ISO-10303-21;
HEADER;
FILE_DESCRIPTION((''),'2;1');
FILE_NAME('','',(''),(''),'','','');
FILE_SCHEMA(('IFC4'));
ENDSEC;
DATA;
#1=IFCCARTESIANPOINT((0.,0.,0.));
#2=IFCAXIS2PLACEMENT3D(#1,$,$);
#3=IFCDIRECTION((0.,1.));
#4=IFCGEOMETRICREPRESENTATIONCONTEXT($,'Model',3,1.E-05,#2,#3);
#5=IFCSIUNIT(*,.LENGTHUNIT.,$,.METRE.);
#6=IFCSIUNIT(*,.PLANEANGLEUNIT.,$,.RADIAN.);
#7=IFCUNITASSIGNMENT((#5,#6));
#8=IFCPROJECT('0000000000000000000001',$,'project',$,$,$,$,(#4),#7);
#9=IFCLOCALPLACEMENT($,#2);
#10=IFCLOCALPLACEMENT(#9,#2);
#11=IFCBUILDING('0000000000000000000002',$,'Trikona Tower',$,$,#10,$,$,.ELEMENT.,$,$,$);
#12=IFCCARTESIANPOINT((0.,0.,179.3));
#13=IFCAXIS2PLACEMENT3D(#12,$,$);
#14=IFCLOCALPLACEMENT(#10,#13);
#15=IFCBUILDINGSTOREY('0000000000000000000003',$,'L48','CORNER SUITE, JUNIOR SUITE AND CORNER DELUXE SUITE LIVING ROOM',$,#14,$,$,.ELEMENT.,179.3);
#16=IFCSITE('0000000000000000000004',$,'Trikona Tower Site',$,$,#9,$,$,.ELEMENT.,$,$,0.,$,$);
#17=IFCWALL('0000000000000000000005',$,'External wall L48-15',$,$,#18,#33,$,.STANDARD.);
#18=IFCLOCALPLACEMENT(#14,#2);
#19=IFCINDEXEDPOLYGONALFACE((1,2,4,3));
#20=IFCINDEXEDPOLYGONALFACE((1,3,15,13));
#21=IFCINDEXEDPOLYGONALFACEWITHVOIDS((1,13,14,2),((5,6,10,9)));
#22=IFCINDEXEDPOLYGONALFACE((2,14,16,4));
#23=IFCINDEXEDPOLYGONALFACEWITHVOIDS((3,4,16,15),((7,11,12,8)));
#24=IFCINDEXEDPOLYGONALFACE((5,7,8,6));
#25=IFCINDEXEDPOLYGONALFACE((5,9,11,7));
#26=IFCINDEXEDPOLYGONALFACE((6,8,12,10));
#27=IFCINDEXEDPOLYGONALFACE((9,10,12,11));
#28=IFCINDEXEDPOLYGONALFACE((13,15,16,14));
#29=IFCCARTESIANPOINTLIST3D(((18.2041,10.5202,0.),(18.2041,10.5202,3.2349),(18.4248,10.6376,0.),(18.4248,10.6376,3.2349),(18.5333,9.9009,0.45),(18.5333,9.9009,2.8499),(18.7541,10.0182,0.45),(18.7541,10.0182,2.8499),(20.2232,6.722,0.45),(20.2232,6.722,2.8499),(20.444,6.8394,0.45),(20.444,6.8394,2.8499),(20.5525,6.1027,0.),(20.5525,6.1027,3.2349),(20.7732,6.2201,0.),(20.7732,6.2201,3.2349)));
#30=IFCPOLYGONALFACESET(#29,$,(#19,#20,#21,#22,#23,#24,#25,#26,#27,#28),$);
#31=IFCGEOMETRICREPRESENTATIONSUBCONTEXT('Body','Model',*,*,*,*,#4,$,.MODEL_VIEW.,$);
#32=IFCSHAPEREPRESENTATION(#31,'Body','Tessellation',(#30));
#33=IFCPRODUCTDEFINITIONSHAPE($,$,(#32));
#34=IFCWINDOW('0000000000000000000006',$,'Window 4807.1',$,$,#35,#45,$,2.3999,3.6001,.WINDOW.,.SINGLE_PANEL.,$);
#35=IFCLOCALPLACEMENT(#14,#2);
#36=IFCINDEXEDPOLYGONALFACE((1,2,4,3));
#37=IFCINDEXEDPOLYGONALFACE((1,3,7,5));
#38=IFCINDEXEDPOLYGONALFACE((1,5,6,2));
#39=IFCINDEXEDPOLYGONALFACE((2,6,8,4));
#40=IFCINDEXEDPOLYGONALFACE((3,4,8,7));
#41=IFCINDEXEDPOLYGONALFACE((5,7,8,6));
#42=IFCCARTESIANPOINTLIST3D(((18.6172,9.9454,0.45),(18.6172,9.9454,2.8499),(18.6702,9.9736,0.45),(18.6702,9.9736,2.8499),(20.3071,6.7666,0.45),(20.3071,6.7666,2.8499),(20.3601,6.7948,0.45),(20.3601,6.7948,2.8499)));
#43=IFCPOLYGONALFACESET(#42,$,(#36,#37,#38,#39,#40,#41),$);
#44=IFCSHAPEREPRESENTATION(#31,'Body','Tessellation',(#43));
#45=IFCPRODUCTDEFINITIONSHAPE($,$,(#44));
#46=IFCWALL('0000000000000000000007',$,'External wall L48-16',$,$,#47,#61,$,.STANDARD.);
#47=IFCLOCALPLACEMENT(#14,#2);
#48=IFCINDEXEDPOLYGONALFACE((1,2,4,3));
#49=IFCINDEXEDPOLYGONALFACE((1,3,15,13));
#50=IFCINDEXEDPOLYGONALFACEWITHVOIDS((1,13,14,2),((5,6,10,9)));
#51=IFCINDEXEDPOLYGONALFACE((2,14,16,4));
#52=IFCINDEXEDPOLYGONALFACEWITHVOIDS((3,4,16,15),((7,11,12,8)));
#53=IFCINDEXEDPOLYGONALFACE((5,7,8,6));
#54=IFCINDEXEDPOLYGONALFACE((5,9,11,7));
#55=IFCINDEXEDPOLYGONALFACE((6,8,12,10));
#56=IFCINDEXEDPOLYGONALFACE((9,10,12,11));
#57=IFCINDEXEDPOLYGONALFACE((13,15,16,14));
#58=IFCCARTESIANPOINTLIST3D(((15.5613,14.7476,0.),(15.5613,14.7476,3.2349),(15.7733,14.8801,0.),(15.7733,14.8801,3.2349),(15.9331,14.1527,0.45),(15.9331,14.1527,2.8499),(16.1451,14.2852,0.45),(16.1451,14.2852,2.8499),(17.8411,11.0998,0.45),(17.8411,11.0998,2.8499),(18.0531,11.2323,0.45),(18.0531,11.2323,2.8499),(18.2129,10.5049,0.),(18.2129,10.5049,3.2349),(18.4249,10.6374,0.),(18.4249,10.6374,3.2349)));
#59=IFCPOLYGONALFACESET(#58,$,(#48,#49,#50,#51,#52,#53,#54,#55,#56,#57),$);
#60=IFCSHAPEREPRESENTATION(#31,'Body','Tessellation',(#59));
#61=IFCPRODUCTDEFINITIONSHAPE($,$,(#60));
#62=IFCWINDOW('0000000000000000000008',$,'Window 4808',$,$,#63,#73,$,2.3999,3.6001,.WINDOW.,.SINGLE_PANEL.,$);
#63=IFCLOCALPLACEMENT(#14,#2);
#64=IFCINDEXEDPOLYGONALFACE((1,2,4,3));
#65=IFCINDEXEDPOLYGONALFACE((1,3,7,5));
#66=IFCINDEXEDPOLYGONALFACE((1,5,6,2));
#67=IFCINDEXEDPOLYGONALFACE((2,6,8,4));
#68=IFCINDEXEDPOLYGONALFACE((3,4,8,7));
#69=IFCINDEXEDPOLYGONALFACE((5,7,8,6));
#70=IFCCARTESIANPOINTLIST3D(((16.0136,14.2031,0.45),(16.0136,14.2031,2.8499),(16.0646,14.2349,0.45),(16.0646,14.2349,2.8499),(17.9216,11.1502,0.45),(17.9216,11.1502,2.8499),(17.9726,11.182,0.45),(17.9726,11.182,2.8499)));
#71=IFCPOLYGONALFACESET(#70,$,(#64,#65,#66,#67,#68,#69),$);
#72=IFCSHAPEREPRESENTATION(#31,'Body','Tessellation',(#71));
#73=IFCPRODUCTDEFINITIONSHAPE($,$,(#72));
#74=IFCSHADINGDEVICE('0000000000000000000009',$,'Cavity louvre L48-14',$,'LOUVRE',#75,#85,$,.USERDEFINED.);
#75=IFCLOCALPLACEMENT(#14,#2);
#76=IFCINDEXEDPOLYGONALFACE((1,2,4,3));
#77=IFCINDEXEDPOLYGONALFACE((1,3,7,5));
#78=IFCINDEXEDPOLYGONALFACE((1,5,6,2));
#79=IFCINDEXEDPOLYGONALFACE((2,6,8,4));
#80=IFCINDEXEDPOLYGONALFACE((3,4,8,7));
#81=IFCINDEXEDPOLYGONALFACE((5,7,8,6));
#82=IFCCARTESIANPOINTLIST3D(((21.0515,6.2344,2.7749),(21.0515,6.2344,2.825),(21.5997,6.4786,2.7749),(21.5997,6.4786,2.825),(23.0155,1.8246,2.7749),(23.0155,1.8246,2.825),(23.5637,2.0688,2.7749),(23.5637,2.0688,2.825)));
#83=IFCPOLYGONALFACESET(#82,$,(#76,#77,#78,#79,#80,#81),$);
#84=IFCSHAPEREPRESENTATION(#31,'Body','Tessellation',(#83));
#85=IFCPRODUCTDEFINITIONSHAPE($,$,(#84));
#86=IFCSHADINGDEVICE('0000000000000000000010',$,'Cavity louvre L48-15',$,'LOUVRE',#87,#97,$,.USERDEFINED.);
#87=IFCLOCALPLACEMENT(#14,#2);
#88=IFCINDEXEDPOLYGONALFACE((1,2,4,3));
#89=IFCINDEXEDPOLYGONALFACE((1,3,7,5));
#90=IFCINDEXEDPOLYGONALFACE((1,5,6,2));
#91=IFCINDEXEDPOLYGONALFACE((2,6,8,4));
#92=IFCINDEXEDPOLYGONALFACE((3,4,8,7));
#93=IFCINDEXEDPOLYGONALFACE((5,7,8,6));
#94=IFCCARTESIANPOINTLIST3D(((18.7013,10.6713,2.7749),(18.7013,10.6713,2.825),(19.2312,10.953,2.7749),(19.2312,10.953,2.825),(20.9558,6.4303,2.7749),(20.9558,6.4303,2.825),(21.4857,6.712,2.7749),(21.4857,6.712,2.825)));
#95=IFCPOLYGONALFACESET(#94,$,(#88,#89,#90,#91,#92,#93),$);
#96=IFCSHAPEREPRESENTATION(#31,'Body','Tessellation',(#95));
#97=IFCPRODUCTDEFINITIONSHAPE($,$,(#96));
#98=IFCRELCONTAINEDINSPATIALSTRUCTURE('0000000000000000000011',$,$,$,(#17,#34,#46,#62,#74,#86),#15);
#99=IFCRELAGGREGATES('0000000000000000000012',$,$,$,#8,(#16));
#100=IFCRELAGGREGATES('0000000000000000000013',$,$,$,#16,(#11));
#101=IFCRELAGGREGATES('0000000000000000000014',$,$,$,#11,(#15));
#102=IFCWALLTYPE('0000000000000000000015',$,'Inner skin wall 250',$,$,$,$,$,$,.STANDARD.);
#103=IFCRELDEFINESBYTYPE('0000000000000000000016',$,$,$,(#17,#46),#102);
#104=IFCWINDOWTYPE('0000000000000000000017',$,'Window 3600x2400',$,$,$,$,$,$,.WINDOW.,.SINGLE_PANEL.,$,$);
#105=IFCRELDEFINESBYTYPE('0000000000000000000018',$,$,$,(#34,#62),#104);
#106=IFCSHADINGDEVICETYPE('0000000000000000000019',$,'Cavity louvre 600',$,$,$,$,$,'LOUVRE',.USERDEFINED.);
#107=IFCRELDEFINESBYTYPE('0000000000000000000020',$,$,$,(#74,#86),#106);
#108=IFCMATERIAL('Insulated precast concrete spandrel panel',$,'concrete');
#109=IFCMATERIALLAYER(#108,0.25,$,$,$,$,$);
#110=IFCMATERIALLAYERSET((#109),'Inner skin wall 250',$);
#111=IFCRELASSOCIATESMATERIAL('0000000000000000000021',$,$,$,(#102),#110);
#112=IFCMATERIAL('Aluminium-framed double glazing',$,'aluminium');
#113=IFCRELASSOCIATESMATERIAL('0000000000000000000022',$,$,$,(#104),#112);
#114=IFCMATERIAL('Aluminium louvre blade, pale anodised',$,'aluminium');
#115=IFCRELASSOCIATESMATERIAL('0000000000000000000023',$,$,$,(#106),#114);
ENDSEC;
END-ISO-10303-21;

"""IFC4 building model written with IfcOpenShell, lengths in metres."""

from ifc_helpers import new_model, si_unit, direction, frame, frame_2d, origin, origin_2d, place, context, subcontext, project, spatial, rectangle, extrude, material, layer, layer_set, type_object, element, fill, save


model = new_model("IFC4")

# Units and contexts
model_context = context("Model", 3, precision=1e-05, world=origin(), true_north=direction((0.0, 1.0)))
body_context = subcontext(model_context, "Body", "Model", "MODEL_VIEW")
ifc_project = project(units=[si_unit("LENGTHUNIT", "METRE"), si_unit("PLANEANGLEUNIT", "RADIAN")], contexts=[model_context])

# Site, building, storey
site_placement = place(None, origin())
site = spatial("IfcSite", under=ifc_project, at=site_placement, Name="Trikona Tower Site", CompositionType="ELEMENT", RefElevation=0.0)
building_placement = place(site_placement, origin())
building = spatial("IfcBuilding", under=site, at=building_placement, Name="Trikona Tower", CompositionType="ELEMENT")
storey_placement = place(building_placement, frame((0.0, 0.0, 179.3)))
storey = spatial("IfcBuildingStorey", under=building, at=storey_placement, Name="L48", Description="CORNER SUITE, JUNIOR SUITE AND CORNER DELUXE SUITE LIVING ROOM", CompositionType="ELEMENT", Elevation=179.3)

# Walls, openings, windows
ifc_material_1 = material(Name="Insulated precast concrete spandrel panel", Category="concrete")
ifc_layer_1 = layer(ifc_material_1, 0.25)
ifc_layer_set_1 = layer_set([ifc_layer_1], Name="Inner skin wall 250")
wall_type = type_object("IfcWallType", Name="Inner skin wall 250", PredefinedType="STANDARD", material=ifc_layer_set_1)
ifc_material_2 = material(Name="Aluminium-framed double glazing", Category="aluminium")
window_type = type_object("IfcWindowType", Name="Window 3600x2400", PartitioningType="SINGLE_PANEL", PredefinedType="WINDOW", material=ifc_material_2)
wall_1_placement = place(storey_placement, frame((20.6628, 6.1614, 0.0), z_axis=(0.0, 0.0, 1.0), x_axis=(-0.469405, 0.882983, 0.0)))
wall_1 = element("IfcWall", 1, at=wall_1_placement, inside=storey, type_object=wall_type, Name="External wall L48-15", PredefinedType="STANDARD", context=body_context, shape_type="SweptSolid", body=[
    extrude(rectangle(XDim=5.0029, YDim=0.25, at=frame_2d((2.5015, 0.0))), origin(), (0.0, 0.0, 1.0), 3.2349),
])
opening_1_placement = place(wall_1_placement, frame((0.7014, 0.0, 0.45)))
opening_1 = element("IfcOpeningElement", 2, at=opening_1_placement, cuts=wall_1, PredefinedType="OPENING", context=body_context, shape_type="SweptSolid", body=[
    extrude(rectangle(XDim=3.6001, YDim=2.3999, at=frame_2d((1.8, 1.2))), frame((0.0, 0.135, 0.0), z_axis=(0.0, -1.0, 0.0), x_axis=(1.0, 0.0, 0.0)), (0.0, 0.0, 1.0), 0.27),
])
window_1_placement = place(opening_1_placement, origin())
window_1 = element("IfcWindow", 3, at=window_1_placement, inside=storey, type_object=window_type, Name="Window 4807.1", OverallHeight=2.3999, OverallWidth=3.6001, PartitioningType="SINGLE_PANEL", PredefinedType="WINDOW", context=body_context, shape_type="SweptSolid", body=[
    extrude(rectangle(XDim=3.6001, YDim=2.3999, at=frame_2d((1.8, 1.2))), frame((0.0, 0.03, 0.0), z_axis=(0.0, -1.0, 0.0), x_axis=(1.0, 0.0, 0.0)), (0.0, 0.0, 1.0), 0.0601),
])
fill(opening_1, window_1)
wall_2_placement = place(storey_placement, frame((18.3188, 10.5713, 0.0), z_axis=(0.0, 0.0, 1.0), x_axis=(-0.52999, 0.848004, 0.0)))
wall_2 = element("IfcWall", 4, at=wall_2_placement, inside=storey, type_object=wall_type, Name="External wall L48-16", PredefinedType="STANDARD", context=body_context, shape_type="SweptSolid", body=[
    extrude(rectangle(XDim=5.0032, YDim=0.25, at=frame_2d((2.5015, 0.0))), origin(), (0.0, 0.0, 1.0), 3.2349),
])
opening_2_placement = place(wall_2_placement, frame((0.7014, 0.0, 0.45)))
opening_2 = element("IfcOpeningElement", 5, at=opening_2_placement, cuts=wall_2, PredefinedType="OPENING", context=body_context, shape_type="SweptSolid", body=[
    extrude(rectangle(XDim=3.6001, YDim=2.3999, at=frame_2d((1.8, 1.2))), frame((0.0, 0.135, 0.0), z_axis=(0.0, -1.0, 0.0), x_axis=(1.0, 0.0, 0.0)), (0.0, 0.0, 1.0), 0.27),
])
window_2_placement = place(opening_2_placement, origin())
window_2 = element("IfcWindow", 6, at=window_2_placement, inside=storey, type_object=window_type, Name="Window 4808", OverallHeight=2.3999, OverallWidth=3.6001, PartitioningType="SINGLE_PANEL", PredefinedType="WINDOW", context=body_context, shape_type="SweptSolid", body=[
    extrude(rectangle(XDim=3.6001, YDim=2.3999, at=frame_2d((1.8, 1.2))), frame((0.0, 0.03, 0.0), z_axis=(0.0, -1.0, 0.0), x_axis=(1.0, 0.0, 0.0)), (0.0, 0.0, 1.0), 0.0601),
])
fill(opening_2, window_2)

# Shading devices
ifc_material_3 = material(Name="Aluminium louvre blade, pale anodised", Category="aluminium")
shading_device_type = type_object("IfcShadingDeviceType", Name="Cavity louvre 600", ElementType="LOUVRE", PredefinedType="USERDEFINED", material=ifc_material_3)
shading_device_1_placement = place(storey_placement, frame((22.3076, 4.1516, 2.7749), z_axis=(0.0, 0.0, 1.0), x_axis=(-0.406843, 0.913498, 0.0)))
element("IfcShadingDevice", 7, at=shading_device_1_placement, inside=storey, type_object=shading_device_type, Name="Cavity louvre L48-14", ObjectType="LOUVRE", PredefinedType="USERDEFINED", context=body_context, shape_type="SweptSolid", body=[
    extrude(rectangle(XDim=4.8274, YDim=0.6001, at=origin_2d()), origin(), (0.0, 0.0, 1.0), 0.05),
])
shading_device_2_placement = place(storey_placement, frame((20.0935, 8.6917, 2.7749), z_axis=(0.0, 0.0, 1.0), x_axis=(-0.469398, 0.882987, 0.0)))
element("IfcShadingDevice", 8, at=shading_device_2_placement, inside=storey, type_object=shading_device_type, Name="Cavity louvre L48-15", ObjectType="LOUVRE", PredefinedType="USERDEFINED", context=body_context, shape_type="SweptSolid", body=[
    extrude(rectangle(XDim=4.803, YDim=0.6001, at=origin_2d()), origin(), (0.0, 0.0, 1.0), 0.05),
])

save(model, "model.ifc")
